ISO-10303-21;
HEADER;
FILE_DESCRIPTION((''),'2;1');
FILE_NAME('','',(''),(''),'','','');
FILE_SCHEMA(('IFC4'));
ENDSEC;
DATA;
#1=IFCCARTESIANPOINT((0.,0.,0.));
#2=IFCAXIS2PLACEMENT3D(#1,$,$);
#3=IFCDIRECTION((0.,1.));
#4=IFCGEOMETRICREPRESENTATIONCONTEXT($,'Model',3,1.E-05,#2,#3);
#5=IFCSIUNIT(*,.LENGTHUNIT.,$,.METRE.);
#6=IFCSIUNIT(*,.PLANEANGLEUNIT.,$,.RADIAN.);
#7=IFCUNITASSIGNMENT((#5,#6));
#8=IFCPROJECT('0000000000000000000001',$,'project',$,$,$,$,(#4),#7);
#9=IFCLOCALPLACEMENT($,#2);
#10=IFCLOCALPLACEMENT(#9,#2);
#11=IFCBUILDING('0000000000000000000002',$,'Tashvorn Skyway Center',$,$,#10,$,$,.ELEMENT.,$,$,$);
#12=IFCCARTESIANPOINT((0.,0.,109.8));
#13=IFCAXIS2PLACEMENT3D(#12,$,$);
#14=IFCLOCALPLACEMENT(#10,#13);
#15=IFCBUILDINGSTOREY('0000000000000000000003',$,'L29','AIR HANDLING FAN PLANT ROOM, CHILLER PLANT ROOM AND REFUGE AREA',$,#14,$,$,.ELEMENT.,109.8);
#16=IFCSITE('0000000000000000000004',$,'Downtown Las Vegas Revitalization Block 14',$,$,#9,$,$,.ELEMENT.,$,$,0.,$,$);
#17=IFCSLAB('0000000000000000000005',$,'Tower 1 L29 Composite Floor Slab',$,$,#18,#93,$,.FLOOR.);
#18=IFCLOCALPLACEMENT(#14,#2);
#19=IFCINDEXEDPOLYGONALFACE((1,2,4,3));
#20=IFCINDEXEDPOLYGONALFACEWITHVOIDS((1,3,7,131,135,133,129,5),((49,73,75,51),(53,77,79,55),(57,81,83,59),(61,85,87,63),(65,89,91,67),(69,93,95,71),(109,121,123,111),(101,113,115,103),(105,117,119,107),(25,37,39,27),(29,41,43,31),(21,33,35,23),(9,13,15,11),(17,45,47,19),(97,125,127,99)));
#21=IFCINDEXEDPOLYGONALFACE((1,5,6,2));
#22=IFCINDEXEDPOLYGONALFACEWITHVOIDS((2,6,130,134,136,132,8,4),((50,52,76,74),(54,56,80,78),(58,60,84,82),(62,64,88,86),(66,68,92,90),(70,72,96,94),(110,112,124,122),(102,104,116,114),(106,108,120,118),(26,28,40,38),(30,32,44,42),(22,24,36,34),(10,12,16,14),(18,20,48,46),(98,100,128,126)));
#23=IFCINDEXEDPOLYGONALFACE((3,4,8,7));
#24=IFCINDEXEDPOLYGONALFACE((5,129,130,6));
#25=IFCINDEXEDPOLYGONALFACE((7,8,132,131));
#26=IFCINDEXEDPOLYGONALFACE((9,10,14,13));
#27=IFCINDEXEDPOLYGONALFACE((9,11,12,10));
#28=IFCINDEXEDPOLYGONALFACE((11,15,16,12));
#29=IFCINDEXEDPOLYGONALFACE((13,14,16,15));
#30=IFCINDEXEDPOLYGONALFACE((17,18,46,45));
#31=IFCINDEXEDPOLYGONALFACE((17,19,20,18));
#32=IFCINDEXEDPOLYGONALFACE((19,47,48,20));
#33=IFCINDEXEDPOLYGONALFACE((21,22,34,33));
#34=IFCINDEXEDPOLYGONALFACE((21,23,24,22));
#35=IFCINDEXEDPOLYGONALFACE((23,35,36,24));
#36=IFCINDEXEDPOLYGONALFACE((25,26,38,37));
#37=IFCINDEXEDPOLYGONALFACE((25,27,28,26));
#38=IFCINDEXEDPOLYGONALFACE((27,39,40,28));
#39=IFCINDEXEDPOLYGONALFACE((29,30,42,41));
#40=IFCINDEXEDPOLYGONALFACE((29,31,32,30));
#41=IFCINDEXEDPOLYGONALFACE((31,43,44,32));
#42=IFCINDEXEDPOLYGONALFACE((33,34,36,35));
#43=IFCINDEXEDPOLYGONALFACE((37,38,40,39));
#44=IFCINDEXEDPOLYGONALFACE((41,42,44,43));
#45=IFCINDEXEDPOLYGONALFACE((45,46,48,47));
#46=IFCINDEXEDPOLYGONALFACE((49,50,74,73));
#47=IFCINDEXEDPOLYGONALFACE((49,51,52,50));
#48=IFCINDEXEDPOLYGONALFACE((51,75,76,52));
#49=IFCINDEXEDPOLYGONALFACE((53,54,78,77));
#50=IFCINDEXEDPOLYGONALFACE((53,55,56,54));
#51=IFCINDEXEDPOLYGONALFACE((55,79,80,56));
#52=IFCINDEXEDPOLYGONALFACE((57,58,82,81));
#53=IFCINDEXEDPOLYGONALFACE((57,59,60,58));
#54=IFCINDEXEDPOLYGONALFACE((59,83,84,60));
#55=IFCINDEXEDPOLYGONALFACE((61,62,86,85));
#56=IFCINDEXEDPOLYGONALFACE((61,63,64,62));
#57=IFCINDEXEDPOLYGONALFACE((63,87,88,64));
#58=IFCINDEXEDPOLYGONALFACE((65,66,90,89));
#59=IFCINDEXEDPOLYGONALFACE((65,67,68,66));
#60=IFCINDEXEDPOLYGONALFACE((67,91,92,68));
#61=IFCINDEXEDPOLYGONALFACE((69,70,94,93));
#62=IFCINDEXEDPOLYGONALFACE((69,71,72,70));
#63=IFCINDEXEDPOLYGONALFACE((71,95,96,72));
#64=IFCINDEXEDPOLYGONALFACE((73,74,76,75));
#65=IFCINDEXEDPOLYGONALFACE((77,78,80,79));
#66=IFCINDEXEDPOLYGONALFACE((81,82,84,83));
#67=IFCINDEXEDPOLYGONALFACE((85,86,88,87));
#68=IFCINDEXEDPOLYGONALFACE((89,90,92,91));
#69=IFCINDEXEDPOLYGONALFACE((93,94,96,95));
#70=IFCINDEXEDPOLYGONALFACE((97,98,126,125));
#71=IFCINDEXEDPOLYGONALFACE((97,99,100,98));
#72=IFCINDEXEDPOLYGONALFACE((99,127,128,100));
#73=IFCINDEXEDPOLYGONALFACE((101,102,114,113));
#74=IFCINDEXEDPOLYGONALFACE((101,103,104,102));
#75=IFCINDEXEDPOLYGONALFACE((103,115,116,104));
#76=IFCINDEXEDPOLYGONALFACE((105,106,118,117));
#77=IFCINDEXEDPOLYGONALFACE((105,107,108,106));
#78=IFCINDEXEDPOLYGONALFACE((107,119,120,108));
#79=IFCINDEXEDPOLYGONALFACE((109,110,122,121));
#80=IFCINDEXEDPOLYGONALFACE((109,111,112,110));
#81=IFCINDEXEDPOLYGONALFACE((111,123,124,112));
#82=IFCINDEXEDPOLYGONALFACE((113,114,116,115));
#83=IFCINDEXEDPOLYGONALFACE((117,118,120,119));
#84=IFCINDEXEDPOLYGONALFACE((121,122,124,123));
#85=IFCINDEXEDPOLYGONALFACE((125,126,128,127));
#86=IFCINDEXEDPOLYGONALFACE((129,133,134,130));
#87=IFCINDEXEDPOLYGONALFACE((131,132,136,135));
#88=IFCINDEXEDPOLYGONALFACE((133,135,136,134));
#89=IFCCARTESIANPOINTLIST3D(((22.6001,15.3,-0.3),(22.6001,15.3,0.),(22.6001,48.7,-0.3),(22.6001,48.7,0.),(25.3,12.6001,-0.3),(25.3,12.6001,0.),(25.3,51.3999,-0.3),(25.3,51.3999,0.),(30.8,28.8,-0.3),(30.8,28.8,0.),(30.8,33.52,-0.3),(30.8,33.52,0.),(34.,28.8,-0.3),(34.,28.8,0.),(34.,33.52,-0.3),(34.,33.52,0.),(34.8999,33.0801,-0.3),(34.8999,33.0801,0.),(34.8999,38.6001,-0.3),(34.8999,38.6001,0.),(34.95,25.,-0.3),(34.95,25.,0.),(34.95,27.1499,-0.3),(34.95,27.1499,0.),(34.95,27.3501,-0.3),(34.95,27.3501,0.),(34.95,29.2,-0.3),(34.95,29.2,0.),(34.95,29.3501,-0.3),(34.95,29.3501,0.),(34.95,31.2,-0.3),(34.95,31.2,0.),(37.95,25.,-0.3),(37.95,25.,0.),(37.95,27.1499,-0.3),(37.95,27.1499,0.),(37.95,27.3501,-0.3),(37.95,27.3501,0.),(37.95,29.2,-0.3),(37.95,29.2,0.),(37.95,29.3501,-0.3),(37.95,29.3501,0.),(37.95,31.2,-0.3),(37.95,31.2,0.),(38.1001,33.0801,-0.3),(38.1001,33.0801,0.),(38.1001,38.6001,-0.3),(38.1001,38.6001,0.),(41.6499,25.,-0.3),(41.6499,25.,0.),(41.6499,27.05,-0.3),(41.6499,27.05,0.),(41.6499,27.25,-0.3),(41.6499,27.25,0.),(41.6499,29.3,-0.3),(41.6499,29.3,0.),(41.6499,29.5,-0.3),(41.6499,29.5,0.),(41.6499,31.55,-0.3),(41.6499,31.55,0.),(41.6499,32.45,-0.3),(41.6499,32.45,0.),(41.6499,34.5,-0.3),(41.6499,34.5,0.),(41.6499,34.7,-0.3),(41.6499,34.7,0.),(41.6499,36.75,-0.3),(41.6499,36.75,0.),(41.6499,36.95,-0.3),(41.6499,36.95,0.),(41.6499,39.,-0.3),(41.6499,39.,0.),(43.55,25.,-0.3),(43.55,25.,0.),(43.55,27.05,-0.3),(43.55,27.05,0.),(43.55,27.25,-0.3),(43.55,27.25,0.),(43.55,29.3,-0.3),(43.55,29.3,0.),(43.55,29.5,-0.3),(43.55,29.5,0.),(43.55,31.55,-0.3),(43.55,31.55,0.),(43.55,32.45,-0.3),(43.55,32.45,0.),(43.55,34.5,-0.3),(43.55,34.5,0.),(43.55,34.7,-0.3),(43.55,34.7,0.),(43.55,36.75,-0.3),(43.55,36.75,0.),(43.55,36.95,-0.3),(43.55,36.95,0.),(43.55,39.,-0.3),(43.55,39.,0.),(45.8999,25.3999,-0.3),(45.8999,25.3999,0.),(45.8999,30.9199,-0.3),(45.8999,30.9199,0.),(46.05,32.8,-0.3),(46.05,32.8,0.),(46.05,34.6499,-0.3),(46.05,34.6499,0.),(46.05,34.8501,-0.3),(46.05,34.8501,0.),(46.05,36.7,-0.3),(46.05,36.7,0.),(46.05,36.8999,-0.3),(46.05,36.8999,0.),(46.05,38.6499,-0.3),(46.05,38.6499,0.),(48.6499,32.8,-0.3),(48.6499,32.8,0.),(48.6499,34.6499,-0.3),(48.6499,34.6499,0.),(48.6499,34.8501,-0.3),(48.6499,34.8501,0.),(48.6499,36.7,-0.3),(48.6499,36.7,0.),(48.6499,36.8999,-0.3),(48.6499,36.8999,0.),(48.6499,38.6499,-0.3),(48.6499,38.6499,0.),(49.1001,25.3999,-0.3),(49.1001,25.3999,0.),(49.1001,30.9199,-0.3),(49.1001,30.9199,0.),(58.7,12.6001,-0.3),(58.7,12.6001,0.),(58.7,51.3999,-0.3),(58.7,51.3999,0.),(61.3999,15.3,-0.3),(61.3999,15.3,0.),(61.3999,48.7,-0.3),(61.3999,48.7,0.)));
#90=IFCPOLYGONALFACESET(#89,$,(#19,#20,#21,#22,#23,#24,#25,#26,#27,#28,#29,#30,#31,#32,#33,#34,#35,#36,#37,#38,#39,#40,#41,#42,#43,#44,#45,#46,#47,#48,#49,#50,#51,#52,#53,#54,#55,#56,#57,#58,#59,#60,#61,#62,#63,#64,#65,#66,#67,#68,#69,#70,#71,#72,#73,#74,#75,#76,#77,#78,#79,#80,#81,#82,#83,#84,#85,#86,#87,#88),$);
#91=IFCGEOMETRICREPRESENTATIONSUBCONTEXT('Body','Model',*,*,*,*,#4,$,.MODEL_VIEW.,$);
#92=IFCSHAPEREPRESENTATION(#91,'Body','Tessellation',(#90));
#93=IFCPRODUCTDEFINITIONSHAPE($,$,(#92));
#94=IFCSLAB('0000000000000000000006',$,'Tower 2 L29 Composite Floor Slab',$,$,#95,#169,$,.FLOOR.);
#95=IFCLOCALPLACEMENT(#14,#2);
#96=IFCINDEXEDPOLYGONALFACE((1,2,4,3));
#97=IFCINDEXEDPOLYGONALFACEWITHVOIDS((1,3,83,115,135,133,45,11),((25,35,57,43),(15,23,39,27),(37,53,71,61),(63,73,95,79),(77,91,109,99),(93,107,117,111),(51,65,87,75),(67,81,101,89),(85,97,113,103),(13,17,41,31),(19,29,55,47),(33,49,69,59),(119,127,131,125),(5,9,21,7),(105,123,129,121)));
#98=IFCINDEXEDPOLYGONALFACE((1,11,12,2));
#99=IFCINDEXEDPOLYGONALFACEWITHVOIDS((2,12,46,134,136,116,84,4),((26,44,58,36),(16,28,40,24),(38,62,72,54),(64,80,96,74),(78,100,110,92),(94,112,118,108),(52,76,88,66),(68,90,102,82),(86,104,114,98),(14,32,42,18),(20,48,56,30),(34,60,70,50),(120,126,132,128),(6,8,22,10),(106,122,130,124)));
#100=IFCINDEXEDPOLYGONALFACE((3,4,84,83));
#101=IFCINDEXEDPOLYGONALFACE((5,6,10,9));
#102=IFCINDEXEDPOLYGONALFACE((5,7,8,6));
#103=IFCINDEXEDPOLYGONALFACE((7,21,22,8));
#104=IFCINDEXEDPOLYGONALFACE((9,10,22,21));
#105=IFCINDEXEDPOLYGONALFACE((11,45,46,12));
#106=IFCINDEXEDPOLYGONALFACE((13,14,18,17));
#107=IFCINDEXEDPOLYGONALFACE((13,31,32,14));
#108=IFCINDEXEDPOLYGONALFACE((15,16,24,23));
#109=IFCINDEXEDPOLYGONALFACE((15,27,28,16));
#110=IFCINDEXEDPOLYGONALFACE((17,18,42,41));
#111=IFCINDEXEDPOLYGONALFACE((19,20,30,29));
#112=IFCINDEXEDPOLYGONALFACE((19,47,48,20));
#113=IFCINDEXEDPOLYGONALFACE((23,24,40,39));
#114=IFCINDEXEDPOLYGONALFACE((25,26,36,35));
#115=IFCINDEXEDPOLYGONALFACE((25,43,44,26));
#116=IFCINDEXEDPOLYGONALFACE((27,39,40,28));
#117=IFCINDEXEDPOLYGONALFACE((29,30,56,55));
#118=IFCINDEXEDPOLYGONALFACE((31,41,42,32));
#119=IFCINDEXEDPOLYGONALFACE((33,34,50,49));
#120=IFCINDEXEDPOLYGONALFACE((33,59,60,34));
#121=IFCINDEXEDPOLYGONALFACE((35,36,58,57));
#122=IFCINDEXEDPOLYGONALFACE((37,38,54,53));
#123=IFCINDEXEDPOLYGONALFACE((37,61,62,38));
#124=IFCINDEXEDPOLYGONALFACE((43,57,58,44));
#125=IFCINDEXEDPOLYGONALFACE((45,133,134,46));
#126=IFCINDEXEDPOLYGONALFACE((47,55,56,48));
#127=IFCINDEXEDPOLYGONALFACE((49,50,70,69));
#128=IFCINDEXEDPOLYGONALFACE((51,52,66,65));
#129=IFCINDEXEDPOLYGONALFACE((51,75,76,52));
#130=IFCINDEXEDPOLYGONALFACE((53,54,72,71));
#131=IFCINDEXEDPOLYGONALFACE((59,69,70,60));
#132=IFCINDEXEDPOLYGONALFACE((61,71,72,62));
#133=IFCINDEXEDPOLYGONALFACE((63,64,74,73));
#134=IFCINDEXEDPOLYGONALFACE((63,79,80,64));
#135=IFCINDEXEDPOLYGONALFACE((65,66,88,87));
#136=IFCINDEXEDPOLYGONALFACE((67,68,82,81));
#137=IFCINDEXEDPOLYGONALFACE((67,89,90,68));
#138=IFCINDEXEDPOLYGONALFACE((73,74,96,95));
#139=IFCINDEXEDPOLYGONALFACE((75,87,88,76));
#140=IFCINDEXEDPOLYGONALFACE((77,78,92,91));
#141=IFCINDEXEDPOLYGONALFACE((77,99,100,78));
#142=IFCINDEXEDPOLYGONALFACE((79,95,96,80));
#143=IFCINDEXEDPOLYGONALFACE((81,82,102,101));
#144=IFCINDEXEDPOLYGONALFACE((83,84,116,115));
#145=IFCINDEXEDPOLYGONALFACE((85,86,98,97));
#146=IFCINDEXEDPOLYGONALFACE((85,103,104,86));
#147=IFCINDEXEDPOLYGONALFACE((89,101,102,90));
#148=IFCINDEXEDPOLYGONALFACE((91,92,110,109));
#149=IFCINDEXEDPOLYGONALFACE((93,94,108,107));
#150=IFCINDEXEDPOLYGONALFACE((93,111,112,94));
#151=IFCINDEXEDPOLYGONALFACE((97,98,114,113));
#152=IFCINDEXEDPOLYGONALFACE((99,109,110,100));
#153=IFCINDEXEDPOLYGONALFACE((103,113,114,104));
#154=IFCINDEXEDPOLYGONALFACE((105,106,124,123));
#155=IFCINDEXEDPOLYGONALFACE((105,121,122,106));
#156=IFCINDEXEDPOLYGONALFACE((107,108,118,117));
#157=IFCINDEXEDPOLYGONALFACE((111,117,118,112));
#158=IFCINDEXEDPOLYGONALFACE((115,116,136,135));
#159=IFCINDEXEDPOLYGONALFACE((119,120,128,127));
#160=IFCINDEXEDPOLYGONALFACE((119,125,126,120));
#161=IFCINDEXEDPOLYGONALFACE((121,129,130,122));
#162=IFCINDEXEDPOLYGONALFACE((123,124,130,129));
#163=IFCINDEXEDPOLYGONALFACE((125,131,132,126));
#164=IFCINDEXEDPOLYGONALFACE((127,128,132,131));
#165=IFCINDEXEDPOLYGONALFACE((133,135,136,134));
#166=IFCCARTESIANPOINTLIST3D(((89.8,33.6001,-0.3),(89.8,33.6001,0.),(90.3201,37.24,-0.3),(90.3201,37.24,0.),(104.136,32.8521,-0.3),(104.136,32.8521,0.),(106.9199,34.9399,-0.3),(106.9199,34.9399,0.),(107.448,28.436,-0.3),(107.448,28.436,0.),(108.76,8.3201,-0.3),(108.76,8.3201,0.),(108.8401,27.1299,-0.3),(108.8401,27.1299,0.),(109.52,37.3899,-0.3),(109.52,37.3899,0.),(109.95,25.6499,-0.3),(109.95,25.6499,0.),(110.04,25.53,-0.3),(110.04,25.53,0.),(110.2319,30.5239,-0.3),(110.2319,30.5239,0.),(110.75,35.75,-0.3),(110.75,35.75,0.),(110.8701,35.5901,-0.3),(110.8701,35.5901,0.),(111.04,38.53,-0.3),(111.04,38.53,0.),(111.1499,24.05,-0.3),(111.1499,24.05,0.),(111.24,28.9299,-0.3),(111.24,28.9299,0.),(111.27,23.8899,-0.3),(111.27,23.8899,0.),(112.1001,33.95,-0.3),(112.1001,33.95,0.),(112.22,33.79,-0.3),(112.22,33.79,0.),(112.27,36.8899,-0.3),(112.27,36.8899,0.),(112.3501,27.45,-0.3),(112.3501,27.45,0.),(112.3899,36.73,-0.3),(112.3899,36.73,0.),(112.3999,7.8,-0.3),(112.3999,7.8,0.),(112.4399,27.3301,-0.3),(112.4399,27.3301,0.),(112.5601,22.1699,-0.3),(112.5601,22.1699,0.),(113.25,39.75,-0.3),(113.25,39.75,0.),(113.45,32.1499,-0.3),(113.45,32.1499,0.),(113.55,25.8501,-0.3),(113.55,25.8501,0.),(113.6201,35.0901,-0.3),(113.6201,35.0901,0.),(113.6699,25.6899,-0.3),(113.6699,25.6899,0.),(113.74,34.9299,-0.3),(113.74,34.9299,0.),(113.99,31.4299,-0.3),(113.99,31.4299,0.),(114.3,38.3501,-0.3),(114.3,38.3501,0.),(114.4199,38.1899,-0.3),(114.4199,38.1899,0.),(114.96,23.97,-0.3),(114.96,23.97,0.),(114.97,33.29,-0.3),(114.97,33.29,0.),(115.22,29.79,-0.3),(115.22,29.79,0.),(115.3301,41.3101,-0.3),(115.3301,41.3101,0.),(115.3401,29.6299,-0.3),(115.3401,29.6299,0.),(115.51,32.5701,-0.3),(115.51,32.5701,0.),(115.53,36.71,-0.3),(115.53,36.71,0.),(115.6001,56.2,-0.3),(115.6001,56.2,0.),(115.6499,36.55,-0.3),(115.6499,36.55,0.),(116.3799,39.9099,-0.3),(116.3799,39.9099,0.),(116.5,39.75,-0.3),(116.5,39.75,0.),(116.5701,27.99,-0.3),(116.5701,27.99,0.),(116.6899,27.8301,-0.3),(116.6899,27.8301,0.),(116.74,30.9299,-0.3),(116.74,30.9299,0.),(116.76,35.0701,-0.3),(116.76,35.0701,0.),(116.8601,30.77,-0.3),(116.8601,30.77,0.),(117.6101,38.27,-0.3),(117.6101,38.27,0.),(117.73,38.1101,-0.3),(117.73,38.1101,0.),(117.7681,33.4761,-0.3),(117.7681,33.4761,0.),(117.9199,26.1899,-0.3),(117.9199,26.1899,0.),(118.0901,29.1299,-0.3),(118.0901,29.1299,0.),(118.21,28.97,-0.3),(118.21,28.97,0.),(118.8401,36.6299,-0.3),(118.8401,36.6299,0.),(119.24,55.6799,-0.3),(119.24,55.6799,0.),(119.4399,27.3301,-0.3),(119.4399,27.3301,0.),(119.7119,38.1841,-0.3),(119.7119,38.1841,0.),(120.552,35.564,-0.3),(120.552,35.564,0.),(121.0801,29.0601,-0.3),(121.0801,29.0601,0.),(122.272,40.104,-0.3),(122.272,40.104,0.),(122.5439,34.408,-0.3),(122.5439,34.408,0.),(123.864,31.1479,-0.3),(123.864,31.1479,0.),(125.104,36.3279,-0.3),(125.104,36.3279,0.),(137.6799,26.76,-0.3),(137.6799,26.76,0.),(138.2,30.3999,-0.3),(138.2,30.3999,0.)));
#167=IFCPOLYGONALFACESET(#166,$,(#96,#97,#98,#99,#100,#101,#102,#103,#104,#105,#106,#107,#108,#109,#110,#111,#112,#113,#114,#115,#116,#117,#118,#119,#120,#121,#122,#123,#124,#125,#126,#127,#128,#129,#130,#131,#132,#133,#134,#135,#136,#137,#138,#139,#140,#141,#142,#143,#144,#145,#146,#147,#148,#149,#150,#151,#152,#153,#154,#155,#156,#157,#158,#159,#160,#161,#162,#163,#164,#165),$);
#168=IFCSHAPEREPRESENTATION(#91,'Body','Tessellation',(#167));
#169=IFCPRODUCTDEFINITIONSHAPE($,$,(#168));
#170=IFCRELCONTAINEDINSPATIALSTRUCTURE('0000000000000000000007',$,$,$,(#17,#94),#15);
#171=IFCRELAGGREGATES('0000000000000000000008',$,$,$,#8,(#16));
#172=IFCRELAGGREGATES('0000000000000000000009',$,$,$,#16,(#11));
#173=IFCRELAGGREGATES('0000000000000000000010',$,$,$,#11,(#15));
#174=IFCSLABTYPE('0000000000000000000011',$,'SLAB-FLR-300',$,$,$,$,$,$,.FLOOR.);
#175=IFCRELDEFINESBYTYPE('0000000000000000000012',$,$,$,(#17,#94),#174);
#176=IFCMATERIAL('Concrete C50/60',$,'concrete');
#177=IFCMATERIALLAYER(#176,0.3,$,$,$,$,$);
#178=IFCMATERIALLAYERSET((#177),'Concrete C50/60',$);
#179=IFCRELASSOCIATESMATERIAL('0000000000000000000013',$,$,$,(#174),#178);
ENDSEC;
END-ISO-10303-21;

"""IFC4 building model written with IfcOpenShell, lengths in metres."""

from ifc_helpers import new_model, si_unit, direction, frame, origin, place, context, subcontext, project, spatial, polyline, outline, extrude, material, layer, layer_set, type_object, element, save


model = new_model("IFC4")

# Units and contexts
model_context = context("Model", 3, precision=1e-05, world=origin(), true_north=direction((0.0, 1.0)))
body_context = subcontext(model_context, "Body", "Model", "MODEL_VIEW")
ifc_project = project(units=[si_unit("LENGTHUNIT", "METRE"), si_unit("PLANEANGLEUNIT", "RADIAN")], contexts=[model_context])

# Site, building, storey
site_placement = place(None, origin())
site = spatial("IfcSite", under=ifc_project, at=site_placement, Name="Downtown Las Vegas Revitalization Block 14", CompositionType="ELEMENT", RefElevation=0.0)
building_placement = place(site_placement, origin())
building = spatial("IfcBuilding", under=site, at=building_placement, Name="Tashvorn Skyway Center", CompositionType="ELEMENT")
storey_placement = place(building_placement, frame((0.0, 0.0, 109.8)))
storey = spatial("IfcBuildingStorey", under=building, at=storey_placement, Name="L29", Description="AIR HANDLING FAN PLANT ROOM, CHILLER PLANT ROOM AND REFUGE AREA", CompositionType="ELEMENT", Elevation=109.8)

# Slabs
ifc_material_1 = material(Name="Concrete C50/60", Category="concrete")
ifc_layer_1 = layer(ifc_material_1, 0.3)
ifc_layer_set_1 = layer_set([ifc_layer_1], Name="Concrete C50/60")
slab_type_1 = type_object("IfcSlabType", Name="SLAB-FLR-300", PredefinedType="FLOOR", material=ifc_layer_set_1)
slab_1_placement = place(storey_placement, frame((0.0, 0.0, -0.3)))
element("IfcSlab", 1, at=slab_1_placement, inside=storey, type_object=slab_type_1, Name="Tower 1 L29 Composite Floor Slab", PredefinedType="FLOOR", context=body_context, shape_type="SweptSolid", body=[
    extrude(outline(polyline([(25.3, 12.6001), (58.7, 12.6001), (61.3999, 15.3), (61.3999, 48.7), (58.7, 51.3999), (25.3, 51.3999), (22.6001, 48.7), (22.6001, 15.3), (25.3, 12.6001)]), holes=[polyline([(38.1001, 33.0801), (38.1001, 38.6001), (34.8999, 38.6001), (34.8999, 33.0801), (38.1001, 33.0801)]), polyline([(45.8999, 30.9199), (45.8999, 25.3999), (49.1001, 25.3999), (49.1001, 30.9199), (45.8999, 30.9199)]), polyline([(30.8, 33.52), (30.8, 28.8), (34.0, 28.8), (34.0, 33.52), (30.8, 33.52)]), polyline([(34.95, 29.3501), (37.95, 29.3501), (37.95, 31.2), (34.95, 31.2), (34.95, 29.3501)]), polyline([(34.95, 27.3501), (37.95, 27.3501), (37.95, 29.2), (34.95, 29.2), (34.95, 27.3501)]), polyline([(34.95, 25.0), (37.95, 25.0), (37.95, 27.1499), (34.95, 27.1499), (34.95, 25.0)]), polyline([(41.6499, 25.0), (43.55, 25.0), (43.55, 27.05), (41.6499, 27.05), (41.6499, 25.0)]), polyline([(41.6499, 27.25), (43.55, 27.25), (43.55, 29.3), (41.6499, 29.3), (41.6499, 27.25)]), polyline([(41.6499, 29.5), (43.55, 29.5), (43.55, 31.55), (41.6499, 31.55), (41.6499, 29.5)]), polyline([(41.6499, 32.45), (43.55, 32.45), (43.55, 34.5), (41.6499, 34.5), (41.6499, 32.45)]), polyline([(41.6499, 34.7), (43.55, 34.7), (43.55, 36.75), (41.6499, 36.75), (41.6499, 34.7)]), polyline([(41.6499, 36.95), (43.55, 36.95), (43.55, 39.0), (41.6499, 39.0), (41.6499, 36.95)]), polyline([(46.05, 32.8), (48.6499, 32.8), (48.6499, 34.6499), (46.05, 34.6499), (46.05, 32.8)]), polyline([(46.05, 34.8501), (48.6499, 34.8501), (48.6499, 36.7), (46.05, 36.7), (46.05, 34.8501)]), polyline([(46.05, 36.8999), (48.6499, 36.8999), (48.6499, 38.6499), (46.05, 38.6499), (46.05, 36.8999)])]), origin(), (0.0, 0.0, 1.0), 0.3),
])
slab_2_placement = place(storey_placement, frame((0.0, 0.0, -0.3)))
element("IfcSlab", 2, at=slab_2_placement, inside=storey, type_object=slab_type_1, Name="Tower 2 L29 Composite Floor Slab", PredefinedType="FLOOR", context=body_context, shape_type="SweptSolid", body=[
    extrude(outline(polyline([(112.3999, 7.8), (137.6799, 26.76), (138.2, 30.3999), (119.24, 55.6799), (115.6001, 56.2), (90.3201, 37.24), (89.8, 33.6001), (108.76, 8.3201), (112.3999, 7.8)]), holes=[polyline([(110.2319, 30.5239), (106.9199, 34.9399), (104.136, 32.8521), (107.448, 28.436), (110.2319, 30.5239)]), polyline([(117.7681, 33.4761), (121.0801, 29.0601), (123.864, 31.1479), (120.552, 35.564), (117.7681, 33.4761)]), polyline([(119.7119, 38.1841), (122.5439, 34.408), (125.104, 36.3279), (122.272, 40.104), (119.7119, 38.1841)]), polyline([(109.95, 25.6499), (112.3501, 27.45), (111.24, 28.9299), (108.8401, 27.1299), (109.95, 25.6499)]), polyline([(111.1499, 24.05), (113.55, 25.8501), (112.4399, 27.3301), (110.04, 25.53), (111.1499, 24.05)]), polyline([(112.5601, 22.1699), (114.96, 23.97), (113.6699, 25.6899), (111.27, 23.8899), (112.5601, 22.1699)]), polyline([(117.9199, 26.1899), (119.4399, 27.3301), (118.21, 28.97), (116.6899, 27.8301), (117.9199, 26.1899)]), polyline([(116.5701, 27.99), (118.0901, 29.1299), (116.8601, 30.77), (115.3401, 29.6299), (116.5701, 27.99)]), polyline([(115.22, 29.79), (116.74, 30.9299), (115.51, 32.5701), (113.99, 31.4299), (115.22, 29.79)]), polyline([(113.45, 32.1499), (114.97, 33.29), (113.74, 34.9299), (112.22, 33.79), (113.45, 32.1499)]), polyline([(112.1001, 33.95), (113.6201, 35.0901), (112.3899, 36.73), (110.8701, 35.5901), (112.1001, 33.95)]), polyline([(110.75, 35.75), (112.27, 36.8899), (111.04, 38.53), (109.52, 37.3899), (110.75, 35.75)]), polyline([(116.76, 35.0701), (118.8401, 36.6299), (117.73, 38.1101), (115.6499, 36.55), (116.76, 35.0701)]), polyline([(115.53, 36.71), (117.6101, 38.27), (116.5, 39.75), (114.4199, 38.1899), (115.53, 36.71)]), polyline([(114.3, 38.3501), (116.3799, 39.9099), (115.3301, 41.3101), (113.25, 39.75), (114.3, 38.3501)])]), origin(), (0.0, 0.0, 1.0), 0.3),
])

save(model, "model.ifc")
